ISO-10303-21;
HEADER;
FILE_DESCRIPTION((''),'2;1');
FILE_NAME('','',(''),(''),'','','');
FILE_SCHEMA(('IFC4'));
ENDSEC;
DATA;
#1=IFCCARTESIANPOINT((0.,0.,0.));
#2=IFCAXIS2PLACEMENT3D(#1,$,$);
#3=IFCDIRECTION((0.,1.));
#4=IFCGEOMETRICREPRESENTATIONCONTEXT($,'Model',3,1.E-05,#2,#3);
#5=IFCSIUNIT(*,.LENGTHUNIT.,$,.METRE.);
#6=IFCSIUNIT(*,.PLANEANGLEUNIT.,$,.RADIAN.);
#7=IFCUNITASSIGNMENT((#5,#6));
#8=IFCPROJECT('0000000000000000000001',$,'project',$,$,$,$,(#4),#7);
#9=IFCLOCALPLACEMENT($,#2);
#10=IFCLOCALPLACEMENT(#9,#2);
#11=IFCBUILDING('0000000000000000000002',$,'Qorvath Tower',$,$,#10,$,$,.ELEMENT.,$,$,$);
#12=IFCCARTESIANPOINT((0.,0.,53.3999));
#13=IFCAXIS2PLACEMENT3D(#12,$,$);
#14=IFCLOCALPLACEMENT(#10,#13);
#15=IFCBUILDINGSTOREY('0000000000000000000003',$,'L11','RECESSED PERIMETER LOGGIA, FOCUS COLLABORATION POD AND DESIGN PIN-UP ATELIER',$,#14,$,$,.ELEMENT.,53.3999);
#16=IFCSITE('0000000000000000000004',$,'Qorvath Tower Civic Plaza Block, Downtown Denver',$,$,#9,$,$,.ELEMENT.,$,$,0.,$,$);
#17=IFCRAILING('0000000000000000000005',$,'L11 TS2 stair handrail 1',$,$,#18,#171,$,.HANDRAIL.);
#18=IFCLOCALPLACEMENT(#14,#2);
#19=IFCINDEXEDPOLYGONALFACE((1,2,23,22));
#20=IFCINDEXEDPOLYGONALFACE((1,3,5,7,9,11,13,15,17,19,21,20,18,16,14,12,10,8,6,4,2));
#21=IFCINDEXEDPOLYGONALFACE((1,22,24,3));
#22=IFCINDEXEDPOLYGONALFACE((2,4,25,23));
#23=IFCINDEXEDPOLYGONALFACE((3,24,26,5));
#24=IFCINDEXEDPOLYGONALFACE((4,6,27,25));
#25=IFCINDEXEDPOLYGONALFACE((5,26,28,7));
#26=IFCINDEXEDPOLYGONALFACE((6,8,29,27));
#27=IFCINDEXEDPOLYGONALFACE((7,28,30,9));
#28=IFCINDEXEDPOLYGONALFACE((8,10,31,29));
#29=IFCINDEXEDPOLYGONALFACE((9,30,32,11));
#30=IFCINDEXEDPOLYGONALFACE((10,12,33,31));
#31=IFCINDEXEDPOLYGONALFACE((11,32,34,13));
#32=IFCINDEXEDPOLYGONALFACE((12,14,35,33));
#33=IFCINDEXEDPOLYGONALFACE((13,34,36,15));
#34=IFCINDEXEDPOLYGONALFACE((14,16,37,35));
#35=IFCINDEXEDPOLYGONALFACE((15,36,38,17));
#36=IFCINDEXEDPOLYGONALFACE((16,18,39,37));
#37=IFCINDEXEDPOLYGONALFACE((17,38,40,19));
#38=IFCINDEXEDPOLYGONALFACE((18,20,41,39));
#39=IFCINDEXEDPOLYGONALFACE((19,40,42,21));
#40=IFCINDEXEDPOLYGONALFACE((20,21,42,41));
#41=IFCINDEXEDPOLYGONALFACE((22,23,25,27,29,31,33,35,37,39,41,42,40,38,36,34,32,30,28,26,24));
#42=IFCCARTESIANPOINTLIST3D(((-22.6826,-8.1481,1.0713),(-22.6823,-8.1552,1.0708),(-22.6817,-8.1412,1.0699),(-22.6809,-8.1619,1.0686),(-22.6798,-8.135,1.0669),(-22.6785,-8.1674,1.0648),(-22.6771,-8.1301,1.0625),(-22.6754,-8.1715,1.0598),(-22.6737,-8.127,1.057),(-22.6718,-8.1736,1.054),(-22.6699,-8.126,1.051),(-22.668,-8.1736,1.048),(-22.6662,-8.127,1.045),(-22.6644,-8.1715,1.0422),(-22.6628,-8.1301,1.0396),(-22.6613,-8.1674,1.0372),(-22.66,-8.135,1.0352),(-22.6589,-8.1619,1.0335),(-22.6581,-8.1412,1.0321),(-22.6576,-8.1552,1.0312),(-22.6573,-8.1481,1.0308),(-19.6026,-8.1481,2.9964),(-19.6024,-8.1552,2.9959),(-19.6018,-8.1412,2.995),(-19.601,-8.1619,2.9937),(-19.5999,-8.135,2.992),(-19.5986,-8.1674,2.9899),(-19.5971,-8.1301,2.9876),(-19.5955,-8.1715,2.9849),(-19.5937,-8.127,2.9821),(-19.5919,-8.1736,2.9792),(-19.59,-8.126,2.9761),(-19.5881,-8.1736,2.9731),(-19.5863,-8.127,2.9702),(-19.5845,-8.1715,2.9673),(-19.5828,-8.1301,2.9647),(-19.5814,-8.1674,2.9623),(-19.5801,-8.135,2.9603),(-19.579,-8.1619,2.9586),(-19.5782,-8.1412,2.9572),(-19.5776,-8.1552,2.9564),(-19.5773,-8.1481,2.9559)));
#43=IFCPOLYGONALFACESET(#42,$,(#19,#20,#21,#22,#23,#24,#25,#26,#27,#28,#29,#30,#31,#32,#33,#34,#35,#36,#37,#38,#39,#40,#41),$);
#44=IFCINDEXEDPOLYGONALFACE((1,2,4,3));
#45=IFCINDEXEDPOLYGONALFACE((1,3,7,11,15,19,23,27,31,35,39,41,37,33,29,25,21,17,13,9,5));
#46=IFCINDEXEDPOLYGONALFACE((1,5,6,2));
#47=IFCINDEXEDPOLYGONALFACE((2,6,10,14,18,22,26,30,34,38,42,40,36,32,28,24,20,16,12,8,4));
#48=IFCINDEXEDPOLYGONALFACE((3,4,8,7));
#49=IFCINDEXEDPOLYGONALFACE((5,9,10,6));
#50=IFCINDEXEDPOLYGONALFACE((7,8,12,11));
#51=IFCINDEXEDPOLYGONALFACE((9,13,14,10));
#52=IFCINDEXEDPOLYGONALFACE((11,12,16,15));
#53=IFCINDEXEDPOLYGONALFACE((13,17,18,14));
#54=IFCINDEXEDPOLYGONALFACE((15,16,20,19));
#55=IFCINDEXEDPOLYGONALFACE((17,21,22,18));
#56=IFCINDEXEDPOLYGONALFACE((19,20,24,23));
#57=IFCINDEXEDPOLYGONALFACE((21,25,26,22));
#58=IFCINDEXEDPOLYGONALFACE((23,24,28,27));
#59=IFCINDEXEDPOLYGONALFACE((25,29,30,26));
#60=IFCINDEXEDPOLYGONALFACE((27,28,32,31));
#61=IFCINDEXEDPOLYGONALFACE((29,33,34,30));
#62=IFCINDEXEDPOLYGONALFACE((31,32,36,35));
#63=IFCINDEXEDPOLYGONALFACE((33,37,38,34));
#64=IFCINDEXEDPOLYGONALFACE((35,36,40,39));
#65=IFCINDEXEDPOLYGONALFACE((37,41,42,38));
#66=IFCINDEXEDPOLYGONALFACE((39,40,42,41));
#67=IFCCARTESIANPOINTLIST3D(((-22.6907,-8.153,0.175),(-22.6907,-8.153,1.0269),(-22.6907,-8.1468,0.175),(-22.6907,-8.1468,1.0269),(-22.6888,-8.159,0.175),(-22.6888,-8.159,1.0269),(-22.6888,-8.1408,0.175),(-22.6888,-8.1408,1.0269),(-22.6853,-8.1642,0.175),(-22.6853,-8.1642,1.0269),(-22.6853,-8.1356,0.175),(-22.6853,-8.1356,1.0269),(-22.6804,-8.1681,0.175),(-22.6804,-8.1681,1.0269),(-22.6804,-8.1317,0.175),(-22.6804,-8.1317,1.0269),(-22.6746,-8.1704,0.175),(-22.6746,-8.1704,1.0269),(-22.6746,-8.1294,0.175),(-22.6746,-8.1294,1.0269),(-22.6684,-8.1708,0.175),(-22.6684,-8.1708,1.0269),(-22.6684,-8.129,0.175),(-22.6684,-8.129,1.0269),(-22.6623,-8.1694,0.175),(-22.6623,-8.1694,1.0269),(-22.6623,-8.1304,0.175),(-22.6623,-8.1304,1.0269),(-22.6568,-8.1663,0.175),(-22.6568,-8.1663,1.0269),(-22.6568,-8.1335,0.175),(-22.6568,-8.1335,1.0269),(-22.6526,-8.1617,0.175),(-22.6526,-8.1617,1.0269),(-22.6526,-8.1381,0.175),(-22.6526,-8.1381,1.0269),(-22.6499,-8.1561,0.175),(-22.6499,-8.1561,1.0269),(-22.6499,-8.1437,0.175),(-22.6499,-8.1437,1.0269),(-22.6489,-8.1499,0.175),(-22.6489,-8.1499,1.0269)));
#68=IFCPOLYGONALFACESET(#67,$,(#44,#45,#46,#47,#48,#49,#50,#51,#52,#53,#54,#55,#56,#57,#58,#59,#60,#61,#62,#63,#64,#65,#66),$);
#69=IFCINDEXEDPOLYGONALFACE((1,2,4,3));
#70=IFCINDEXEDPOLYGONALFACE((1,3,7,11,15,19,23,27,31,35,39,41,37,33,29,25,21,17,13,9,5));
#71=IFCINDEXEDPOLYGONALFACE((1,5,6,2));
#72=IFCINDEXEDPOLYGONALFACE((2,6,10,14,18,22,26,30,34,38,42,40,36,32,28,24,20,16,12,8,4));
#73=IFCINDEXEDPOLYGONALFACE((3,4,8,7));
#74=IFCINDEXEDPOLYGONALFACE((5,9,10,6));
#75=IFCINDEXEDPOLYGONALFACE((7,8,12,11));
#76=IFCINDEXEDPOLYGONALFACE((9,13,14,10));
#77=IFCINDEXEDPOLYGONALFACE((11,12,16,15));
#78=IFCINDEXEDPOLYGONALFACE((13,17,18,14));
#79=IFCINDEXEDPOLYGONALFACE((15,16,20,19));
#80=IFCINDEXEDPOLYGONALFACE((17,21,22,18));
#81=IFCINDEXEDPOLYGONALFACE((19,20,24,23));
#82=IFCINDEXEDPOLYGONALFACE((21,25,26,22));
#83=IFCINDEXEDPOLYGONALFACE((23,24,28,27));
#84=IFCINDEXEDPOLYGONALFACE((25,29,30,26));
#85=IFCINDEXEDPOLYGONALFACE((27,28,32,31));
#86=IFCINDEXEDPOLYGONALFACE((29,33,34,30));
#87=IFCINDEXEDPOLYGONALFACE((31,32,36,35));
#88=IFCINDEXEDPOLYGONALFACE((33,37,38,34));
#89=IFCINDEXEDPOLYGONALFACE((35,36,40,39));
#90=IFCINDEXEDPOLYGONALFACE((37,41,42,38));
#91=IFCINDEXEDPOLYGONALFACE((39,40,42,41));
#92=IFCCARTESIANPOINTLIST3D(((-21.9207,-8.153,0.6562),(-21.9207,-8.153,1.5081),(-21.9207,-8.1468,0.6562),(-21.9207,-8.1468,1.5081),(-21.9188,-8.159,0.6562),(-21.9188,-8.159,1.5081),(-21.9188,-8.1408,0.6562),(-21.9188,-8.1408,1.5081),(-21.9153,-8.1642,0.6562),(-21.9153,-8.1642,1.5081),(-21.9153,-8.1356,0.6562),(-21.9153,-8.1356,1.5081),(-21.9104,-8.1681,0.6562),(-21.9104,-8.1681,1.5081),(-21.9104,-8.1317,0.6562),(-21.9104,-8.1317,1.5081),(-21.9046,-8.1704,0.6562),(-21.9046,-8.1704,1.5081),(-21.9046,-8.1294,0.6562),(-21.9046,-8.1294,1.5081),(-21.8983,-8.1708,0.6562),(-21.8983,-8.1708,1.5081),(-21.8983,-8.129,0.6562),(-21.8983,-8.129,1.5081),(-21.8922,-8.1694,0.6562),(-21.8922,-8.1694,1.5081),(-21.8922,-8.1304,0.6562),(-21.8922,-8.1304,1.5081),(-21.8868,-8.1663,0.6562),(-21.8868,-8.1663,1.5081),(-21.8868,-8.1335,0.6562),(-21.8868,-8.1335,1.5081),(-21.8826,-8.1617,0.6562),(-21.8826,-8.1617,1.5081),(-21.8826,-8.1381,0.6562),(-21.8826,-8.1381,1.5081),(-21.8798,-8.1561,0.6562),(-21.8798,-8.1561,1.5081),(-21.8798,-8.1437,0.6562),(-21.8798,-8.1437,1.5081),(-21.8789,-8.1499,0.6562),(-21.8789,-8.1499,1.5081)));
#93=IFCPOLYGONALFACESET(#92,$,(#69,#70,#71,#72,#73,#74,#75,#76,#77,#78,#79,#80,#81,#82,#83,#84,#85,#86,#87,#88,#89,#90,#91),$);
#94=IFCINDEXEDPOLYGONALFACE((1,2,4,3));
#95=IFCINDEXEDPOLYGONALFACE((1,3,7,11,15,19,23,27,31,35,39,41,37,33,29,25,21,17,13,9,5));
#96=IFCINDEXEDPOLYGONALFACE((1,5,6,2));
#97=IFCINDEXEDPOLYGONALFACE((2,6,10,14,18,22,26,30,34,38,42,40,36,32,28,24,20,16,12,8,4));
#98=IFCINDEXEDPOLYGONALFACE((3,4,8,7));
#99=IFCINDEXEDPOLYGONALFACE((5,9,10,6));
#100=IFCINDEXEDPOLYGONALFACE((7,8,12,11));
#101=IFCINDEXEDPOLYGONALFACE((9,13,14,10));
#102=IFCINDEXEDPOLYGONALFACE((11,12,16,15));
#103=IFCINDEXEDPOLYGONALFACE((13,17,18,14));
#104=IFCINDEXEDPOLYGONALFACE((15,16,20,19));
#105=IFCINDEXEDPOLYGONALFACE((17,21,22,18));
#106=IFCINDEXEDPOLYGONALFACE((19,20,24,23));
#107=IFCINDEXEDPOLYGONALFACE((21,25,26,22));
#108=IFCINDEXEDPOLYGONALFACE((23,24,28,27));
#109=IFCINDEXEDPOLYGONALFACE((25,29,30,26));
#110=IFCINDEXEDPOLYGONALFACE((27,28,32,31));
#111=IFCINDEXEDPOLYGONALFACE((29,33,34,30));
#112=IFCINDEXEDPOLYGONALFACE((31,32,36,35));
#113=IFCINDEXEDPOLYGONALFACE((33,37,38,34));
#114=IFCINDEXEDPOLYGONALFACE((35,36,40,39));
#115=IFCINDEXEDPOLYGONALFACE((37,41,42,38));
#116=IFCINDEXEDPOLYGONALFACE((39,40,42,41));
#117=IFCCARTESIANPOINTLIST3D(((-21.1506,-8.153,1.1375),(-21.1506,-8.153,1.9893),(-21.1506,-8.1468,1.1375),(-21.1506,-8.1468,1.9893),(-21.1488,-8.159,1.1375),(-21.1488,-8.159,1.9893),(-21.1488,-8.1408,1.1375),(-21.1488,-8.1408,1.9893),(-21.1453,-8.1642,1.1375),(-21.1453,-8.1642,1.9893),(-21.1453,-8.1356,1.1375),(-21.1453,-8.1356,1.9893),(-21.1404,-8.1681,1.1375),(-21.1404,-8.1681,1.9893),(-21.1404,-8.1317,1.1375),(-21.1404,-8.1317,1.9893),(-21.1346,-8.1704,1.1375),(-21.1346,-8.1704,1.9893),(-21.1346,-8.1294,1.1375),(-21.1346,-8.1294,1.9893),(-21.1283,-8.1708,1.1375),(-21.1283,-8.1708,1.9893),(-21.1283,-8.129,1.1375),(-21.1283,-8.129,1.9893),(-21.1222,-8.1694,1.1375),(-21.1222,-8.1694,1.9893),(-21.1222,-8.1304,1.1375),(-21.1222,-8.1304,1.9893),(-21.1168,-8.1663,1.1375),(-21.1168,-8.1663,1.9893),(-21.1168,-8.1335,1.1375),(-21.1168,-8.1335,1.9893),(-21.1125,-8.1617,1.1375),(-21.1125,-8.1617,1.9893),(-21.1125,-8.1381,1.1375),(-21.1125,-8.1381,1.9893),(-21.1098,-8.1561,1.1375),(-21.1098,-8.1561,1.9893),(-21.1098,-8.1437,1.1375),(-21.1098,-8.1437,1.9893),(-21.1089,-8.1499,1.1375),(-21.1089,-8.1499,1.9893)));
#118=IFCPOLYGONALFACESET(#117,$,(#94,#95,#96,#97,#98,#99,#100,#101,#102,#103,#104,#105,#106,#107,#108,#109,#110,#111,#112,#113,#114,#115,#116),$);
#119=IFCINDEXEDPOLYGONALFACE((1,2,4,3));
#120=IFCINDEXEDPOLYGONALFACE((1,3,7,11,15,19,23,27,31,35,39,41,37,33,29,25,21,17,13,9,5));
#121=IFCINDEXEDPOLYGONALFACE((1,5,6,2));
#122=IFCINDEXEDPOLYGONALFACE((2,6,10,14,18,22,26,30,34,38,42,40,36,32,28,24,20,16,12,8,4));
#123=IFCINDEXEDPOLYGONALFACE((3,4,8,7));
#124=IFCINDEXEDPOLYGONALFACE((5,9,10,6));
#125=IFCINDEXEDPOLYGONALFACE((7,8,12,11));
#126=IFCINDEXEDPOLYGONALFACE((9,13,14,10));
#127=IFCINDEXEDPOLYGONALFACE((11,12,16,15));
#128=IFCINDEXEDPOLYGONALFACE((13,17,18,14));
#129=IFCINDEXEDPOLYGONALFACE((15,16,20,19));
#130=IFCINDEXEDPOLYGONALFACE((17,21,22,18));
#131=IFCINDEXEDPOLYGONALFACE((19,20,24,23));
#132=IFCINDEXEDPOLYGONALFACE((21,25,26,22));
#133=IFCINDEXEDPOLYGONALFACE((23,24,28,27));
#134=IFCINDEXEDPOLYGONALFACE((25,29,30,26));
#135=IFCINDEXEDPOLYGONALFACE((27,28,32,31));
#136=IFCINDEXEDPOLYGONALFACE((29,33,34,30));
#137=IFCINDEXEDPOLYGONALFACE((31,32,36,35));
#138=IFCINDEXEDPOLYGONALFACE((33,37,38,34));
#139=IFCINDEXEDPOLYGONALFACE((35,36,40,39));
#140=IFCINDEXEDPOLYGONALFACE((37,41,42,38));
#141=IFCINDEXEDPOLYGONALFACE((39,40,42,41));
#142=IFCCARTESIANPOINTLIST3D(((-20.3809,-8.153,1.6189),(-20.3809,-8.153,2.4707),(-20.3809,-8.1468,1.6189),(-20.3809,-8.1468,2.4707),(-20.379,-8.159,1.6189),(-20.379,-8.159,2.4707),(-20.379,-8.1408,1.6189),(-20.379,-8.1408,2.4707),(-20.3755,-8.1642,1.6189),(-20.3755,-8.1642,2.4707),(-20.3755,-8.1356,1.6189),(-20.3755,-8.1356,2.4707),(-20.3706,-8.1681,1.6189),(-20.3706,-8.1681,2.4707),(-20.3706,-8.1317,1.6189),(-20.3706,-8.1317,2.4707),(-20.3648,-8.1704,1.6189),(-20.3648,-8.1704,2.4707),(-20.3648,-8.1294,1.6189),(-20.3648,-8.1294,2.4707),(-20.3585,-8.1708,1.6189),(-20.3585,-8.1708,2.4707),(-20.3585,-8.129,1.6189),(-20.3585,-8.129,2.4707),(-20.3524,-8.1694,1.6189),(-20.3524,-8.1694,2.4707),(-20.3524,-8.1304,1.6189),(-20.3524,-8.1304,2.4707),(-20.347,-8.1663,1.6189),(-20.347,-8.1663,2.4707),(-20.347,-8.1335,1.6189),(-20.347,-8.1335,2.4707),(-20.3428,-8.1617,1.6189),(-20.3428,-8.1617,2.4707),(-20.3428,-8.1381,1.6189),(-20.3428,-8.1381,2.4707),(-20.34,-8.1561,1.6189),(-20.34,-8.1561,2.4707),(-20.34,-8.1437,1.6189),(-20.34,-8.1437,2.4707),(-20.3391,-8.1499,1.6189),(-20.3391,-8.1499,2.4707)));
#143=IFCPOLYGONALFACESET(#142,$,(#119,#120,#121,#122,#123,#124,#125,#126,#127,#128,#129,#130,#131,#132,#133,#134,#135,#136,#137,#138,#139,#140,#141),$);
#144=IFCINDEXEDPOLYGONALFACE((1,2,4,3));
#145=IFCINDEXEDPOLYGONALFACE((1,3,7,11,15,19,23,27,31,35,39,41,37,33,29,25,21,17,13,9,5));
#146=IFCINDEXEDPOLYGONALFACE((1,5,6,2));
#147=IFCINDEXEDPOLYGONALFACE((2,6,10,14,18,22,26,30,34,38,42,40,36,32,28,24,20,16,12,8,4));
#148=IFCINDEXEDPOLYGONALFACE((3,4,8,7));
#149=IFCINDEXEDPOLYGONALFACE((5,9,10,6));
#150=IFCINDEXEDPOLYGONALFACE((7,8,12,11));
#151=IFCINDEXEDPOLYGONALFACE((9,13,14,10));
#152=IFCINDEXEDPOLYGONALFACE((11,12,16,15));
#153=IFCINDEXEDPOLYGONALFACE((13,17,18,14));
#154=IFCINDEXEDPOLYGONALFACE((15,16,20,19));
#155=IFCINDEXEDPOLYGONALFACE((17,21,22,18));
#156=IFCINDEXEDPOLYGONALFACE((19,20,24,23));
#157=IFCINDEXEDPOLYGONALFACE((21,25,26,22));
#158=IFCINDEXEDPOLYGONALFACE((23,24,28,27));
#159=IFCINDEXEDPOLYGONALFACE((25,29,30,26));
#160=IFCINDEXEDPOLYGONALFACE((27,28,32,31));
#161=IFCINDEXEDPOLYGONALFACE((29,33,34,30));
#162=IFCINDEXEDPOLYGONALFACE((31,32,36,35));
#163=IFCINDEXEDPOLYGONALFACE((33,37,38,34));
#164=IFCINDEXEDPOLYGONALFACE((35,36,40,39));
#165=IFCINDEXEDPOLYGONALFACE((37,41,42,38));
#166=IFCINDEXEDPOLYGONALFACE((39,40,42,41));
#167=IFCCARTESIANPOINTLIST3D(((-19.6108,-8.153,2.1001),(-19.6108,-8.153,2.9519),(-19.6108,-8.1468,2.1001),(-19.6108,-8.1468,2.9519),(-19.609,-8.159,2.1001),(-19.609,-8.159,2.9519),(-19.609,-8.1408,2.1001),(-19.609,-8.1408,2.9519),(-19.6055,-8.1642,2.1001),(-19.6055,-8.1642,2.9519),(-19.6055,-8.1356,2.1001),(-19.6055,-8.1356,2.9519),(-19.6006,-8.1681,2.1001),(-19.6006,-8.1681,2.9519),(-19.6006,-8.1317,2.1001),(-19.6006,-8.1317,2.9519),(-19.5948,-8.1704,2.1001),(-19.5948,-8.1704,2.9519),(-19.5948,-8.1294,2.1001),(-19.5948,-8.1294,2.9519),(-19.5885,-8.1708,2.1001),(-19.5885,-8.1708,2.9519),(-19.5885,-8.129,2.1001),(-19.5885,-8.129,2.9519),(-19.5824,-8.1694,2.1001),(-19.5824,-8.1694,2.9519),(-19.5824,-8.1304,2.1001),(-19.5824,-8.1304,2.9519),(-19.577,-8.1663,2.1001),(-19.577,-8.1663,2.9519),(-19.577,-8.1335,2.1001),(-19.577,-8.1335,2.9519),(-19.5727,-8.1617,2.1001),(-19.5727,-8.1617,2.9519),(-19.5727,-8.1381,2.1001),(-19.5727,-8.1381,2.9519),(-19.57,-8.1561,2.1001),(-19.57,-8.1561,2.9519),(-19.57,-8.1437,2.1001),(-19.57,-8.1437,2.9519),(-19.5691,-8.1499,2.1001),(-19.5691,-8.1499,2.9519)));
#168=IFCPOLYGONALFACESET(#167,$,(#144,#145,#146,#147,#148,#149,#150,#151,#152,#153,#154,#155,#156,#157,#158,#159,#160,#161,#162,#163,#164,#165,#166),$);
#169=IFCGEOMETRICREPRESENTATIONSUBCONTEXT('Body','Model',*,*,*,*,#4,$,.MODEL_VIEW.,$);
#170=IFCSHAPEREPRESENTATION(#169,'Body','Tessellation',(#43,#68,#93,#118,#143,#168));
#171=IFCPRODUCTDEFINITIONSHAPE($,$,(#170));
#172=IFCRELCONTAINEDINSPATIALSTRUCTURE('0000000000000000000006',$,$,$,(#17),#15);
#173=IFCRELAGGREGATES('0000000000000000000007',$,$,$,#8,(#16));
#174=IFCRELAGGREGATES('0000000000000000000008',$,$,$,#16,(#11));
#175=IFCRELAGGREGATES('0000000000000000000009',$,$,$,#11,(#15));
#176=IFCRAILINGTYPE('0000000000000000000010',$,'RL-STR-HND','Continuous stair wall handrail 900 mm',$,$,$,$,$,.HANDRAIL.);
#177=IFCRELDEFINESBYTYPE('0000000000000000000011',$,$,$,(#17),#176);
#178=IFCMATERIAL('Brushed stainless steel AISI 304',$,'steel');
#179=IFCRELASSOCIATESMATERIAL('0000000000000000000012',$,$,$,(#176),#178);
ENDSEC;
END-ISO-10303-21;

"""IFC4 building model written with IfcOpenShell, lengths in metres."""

from ifc_helpers import new_model, si_unit, direction, frame, origin, origin_2d, place, context, subcontext, project, spatial, circle, extrude, material, type_object, element, save


model = new_model("IFC4")

# Units and contexts
model_context = context("Model", 3, precision=1e-05, world=origin(), true_north=direction((0.0, 1.0)))
body_context = subcontext(model_context, "Body", "Model", "MODEL_VIEW")
ifc_project = project(units=[si_unit("LENGTHUNIT", "METRE"), si_unit("PLANEANGLEUNIT", "RADIAN")], contexts=[model_context])

# Site, building, storey
site_placement = place(None, origin())
site = spatial("IfcSite", under=ifc_project, at=site_placement, Name="Qorvath Tower Civic Plaza Block, Downtown Denver", CompositionType="ELEMENT", RefElevation=0.0)
building_placement = place(site_placement, origin())
building = spatial("IfcBuilding", under=site, at=building_placement, Name="Qorvath Tower", CompositionType="ELEMENT")
storey_placement = place(building_placement, frame((0.0, 0.0, 53.3999)))
storey = spatial("IfcBuildingStorey", under=building, at=storey_placement, Name="L11", Description="RECESSED PERIMETER LOGGIA, FOCUS COLLABORATION POD AND DESIGN PIN-UP ATELIER", CompositionType="ELEMENT", Elevation=53.3999)

# Railing
ifc_material_1 = material(Name="Brushed stainless steel AISI 304", Category="steel")
railing_type_1 = type_object("IfcRailingType", Name="RL-STR-HND", Description="Continuous stair wall handrail 900 mm", PredefinedType="HANDRAIL", material=ifc_material_1)
railing_1_placement = place(storey_placement, frame((-22.6699, -8.1499, 0.175)))
element("IfcRailing", 1, at=railing_1_placement, inside=storey, type_object=railing_type_1, Name="L11 TS2 stair handrail 1", PredefinedType="HANDRAIL", context=body_context, shape_type="SweptSolid", body=[
    extrude(circle(Radius=0.0239, at=origin_2d()), frame((0.0, 0.0, 0.876), z_axis=(0.847979, 0.0, 0.530029), x_axis=(0.0, 1.0, 0.0)), (0.0, 0.0, 1.0), 3.6321),
    extrude(circle(Radius=0.021, at=origin_2d()), origin(), (0.0, 0.0, 1.0), 0.8518),
    extrude(circle(Radius=0.021, at=origin_2d()), frame((0.77, 0.0, 0.4812)), (0.0, 0.0, 1.0), 0.8518),
    extrude(circle(Radius=0.021, at=origin_2d()), frame((1.54, 0.0, 0.9624)), (0.0, 0.0, 1.0), 0.8518),
    extrude(circle(Radius=0.021, at=origin_2d()), frame((2.3098, 0.0, 1.4438)), (0.0, 0.0, 1.0), 0.8518),
    extrude(circle(Radius=0.021, at=origin_2d()), frame((3.0798, 0.0, 1.925)), (0.0, 0.0, 1.0), 0.8518),
])

save(model, "model.ifc")
